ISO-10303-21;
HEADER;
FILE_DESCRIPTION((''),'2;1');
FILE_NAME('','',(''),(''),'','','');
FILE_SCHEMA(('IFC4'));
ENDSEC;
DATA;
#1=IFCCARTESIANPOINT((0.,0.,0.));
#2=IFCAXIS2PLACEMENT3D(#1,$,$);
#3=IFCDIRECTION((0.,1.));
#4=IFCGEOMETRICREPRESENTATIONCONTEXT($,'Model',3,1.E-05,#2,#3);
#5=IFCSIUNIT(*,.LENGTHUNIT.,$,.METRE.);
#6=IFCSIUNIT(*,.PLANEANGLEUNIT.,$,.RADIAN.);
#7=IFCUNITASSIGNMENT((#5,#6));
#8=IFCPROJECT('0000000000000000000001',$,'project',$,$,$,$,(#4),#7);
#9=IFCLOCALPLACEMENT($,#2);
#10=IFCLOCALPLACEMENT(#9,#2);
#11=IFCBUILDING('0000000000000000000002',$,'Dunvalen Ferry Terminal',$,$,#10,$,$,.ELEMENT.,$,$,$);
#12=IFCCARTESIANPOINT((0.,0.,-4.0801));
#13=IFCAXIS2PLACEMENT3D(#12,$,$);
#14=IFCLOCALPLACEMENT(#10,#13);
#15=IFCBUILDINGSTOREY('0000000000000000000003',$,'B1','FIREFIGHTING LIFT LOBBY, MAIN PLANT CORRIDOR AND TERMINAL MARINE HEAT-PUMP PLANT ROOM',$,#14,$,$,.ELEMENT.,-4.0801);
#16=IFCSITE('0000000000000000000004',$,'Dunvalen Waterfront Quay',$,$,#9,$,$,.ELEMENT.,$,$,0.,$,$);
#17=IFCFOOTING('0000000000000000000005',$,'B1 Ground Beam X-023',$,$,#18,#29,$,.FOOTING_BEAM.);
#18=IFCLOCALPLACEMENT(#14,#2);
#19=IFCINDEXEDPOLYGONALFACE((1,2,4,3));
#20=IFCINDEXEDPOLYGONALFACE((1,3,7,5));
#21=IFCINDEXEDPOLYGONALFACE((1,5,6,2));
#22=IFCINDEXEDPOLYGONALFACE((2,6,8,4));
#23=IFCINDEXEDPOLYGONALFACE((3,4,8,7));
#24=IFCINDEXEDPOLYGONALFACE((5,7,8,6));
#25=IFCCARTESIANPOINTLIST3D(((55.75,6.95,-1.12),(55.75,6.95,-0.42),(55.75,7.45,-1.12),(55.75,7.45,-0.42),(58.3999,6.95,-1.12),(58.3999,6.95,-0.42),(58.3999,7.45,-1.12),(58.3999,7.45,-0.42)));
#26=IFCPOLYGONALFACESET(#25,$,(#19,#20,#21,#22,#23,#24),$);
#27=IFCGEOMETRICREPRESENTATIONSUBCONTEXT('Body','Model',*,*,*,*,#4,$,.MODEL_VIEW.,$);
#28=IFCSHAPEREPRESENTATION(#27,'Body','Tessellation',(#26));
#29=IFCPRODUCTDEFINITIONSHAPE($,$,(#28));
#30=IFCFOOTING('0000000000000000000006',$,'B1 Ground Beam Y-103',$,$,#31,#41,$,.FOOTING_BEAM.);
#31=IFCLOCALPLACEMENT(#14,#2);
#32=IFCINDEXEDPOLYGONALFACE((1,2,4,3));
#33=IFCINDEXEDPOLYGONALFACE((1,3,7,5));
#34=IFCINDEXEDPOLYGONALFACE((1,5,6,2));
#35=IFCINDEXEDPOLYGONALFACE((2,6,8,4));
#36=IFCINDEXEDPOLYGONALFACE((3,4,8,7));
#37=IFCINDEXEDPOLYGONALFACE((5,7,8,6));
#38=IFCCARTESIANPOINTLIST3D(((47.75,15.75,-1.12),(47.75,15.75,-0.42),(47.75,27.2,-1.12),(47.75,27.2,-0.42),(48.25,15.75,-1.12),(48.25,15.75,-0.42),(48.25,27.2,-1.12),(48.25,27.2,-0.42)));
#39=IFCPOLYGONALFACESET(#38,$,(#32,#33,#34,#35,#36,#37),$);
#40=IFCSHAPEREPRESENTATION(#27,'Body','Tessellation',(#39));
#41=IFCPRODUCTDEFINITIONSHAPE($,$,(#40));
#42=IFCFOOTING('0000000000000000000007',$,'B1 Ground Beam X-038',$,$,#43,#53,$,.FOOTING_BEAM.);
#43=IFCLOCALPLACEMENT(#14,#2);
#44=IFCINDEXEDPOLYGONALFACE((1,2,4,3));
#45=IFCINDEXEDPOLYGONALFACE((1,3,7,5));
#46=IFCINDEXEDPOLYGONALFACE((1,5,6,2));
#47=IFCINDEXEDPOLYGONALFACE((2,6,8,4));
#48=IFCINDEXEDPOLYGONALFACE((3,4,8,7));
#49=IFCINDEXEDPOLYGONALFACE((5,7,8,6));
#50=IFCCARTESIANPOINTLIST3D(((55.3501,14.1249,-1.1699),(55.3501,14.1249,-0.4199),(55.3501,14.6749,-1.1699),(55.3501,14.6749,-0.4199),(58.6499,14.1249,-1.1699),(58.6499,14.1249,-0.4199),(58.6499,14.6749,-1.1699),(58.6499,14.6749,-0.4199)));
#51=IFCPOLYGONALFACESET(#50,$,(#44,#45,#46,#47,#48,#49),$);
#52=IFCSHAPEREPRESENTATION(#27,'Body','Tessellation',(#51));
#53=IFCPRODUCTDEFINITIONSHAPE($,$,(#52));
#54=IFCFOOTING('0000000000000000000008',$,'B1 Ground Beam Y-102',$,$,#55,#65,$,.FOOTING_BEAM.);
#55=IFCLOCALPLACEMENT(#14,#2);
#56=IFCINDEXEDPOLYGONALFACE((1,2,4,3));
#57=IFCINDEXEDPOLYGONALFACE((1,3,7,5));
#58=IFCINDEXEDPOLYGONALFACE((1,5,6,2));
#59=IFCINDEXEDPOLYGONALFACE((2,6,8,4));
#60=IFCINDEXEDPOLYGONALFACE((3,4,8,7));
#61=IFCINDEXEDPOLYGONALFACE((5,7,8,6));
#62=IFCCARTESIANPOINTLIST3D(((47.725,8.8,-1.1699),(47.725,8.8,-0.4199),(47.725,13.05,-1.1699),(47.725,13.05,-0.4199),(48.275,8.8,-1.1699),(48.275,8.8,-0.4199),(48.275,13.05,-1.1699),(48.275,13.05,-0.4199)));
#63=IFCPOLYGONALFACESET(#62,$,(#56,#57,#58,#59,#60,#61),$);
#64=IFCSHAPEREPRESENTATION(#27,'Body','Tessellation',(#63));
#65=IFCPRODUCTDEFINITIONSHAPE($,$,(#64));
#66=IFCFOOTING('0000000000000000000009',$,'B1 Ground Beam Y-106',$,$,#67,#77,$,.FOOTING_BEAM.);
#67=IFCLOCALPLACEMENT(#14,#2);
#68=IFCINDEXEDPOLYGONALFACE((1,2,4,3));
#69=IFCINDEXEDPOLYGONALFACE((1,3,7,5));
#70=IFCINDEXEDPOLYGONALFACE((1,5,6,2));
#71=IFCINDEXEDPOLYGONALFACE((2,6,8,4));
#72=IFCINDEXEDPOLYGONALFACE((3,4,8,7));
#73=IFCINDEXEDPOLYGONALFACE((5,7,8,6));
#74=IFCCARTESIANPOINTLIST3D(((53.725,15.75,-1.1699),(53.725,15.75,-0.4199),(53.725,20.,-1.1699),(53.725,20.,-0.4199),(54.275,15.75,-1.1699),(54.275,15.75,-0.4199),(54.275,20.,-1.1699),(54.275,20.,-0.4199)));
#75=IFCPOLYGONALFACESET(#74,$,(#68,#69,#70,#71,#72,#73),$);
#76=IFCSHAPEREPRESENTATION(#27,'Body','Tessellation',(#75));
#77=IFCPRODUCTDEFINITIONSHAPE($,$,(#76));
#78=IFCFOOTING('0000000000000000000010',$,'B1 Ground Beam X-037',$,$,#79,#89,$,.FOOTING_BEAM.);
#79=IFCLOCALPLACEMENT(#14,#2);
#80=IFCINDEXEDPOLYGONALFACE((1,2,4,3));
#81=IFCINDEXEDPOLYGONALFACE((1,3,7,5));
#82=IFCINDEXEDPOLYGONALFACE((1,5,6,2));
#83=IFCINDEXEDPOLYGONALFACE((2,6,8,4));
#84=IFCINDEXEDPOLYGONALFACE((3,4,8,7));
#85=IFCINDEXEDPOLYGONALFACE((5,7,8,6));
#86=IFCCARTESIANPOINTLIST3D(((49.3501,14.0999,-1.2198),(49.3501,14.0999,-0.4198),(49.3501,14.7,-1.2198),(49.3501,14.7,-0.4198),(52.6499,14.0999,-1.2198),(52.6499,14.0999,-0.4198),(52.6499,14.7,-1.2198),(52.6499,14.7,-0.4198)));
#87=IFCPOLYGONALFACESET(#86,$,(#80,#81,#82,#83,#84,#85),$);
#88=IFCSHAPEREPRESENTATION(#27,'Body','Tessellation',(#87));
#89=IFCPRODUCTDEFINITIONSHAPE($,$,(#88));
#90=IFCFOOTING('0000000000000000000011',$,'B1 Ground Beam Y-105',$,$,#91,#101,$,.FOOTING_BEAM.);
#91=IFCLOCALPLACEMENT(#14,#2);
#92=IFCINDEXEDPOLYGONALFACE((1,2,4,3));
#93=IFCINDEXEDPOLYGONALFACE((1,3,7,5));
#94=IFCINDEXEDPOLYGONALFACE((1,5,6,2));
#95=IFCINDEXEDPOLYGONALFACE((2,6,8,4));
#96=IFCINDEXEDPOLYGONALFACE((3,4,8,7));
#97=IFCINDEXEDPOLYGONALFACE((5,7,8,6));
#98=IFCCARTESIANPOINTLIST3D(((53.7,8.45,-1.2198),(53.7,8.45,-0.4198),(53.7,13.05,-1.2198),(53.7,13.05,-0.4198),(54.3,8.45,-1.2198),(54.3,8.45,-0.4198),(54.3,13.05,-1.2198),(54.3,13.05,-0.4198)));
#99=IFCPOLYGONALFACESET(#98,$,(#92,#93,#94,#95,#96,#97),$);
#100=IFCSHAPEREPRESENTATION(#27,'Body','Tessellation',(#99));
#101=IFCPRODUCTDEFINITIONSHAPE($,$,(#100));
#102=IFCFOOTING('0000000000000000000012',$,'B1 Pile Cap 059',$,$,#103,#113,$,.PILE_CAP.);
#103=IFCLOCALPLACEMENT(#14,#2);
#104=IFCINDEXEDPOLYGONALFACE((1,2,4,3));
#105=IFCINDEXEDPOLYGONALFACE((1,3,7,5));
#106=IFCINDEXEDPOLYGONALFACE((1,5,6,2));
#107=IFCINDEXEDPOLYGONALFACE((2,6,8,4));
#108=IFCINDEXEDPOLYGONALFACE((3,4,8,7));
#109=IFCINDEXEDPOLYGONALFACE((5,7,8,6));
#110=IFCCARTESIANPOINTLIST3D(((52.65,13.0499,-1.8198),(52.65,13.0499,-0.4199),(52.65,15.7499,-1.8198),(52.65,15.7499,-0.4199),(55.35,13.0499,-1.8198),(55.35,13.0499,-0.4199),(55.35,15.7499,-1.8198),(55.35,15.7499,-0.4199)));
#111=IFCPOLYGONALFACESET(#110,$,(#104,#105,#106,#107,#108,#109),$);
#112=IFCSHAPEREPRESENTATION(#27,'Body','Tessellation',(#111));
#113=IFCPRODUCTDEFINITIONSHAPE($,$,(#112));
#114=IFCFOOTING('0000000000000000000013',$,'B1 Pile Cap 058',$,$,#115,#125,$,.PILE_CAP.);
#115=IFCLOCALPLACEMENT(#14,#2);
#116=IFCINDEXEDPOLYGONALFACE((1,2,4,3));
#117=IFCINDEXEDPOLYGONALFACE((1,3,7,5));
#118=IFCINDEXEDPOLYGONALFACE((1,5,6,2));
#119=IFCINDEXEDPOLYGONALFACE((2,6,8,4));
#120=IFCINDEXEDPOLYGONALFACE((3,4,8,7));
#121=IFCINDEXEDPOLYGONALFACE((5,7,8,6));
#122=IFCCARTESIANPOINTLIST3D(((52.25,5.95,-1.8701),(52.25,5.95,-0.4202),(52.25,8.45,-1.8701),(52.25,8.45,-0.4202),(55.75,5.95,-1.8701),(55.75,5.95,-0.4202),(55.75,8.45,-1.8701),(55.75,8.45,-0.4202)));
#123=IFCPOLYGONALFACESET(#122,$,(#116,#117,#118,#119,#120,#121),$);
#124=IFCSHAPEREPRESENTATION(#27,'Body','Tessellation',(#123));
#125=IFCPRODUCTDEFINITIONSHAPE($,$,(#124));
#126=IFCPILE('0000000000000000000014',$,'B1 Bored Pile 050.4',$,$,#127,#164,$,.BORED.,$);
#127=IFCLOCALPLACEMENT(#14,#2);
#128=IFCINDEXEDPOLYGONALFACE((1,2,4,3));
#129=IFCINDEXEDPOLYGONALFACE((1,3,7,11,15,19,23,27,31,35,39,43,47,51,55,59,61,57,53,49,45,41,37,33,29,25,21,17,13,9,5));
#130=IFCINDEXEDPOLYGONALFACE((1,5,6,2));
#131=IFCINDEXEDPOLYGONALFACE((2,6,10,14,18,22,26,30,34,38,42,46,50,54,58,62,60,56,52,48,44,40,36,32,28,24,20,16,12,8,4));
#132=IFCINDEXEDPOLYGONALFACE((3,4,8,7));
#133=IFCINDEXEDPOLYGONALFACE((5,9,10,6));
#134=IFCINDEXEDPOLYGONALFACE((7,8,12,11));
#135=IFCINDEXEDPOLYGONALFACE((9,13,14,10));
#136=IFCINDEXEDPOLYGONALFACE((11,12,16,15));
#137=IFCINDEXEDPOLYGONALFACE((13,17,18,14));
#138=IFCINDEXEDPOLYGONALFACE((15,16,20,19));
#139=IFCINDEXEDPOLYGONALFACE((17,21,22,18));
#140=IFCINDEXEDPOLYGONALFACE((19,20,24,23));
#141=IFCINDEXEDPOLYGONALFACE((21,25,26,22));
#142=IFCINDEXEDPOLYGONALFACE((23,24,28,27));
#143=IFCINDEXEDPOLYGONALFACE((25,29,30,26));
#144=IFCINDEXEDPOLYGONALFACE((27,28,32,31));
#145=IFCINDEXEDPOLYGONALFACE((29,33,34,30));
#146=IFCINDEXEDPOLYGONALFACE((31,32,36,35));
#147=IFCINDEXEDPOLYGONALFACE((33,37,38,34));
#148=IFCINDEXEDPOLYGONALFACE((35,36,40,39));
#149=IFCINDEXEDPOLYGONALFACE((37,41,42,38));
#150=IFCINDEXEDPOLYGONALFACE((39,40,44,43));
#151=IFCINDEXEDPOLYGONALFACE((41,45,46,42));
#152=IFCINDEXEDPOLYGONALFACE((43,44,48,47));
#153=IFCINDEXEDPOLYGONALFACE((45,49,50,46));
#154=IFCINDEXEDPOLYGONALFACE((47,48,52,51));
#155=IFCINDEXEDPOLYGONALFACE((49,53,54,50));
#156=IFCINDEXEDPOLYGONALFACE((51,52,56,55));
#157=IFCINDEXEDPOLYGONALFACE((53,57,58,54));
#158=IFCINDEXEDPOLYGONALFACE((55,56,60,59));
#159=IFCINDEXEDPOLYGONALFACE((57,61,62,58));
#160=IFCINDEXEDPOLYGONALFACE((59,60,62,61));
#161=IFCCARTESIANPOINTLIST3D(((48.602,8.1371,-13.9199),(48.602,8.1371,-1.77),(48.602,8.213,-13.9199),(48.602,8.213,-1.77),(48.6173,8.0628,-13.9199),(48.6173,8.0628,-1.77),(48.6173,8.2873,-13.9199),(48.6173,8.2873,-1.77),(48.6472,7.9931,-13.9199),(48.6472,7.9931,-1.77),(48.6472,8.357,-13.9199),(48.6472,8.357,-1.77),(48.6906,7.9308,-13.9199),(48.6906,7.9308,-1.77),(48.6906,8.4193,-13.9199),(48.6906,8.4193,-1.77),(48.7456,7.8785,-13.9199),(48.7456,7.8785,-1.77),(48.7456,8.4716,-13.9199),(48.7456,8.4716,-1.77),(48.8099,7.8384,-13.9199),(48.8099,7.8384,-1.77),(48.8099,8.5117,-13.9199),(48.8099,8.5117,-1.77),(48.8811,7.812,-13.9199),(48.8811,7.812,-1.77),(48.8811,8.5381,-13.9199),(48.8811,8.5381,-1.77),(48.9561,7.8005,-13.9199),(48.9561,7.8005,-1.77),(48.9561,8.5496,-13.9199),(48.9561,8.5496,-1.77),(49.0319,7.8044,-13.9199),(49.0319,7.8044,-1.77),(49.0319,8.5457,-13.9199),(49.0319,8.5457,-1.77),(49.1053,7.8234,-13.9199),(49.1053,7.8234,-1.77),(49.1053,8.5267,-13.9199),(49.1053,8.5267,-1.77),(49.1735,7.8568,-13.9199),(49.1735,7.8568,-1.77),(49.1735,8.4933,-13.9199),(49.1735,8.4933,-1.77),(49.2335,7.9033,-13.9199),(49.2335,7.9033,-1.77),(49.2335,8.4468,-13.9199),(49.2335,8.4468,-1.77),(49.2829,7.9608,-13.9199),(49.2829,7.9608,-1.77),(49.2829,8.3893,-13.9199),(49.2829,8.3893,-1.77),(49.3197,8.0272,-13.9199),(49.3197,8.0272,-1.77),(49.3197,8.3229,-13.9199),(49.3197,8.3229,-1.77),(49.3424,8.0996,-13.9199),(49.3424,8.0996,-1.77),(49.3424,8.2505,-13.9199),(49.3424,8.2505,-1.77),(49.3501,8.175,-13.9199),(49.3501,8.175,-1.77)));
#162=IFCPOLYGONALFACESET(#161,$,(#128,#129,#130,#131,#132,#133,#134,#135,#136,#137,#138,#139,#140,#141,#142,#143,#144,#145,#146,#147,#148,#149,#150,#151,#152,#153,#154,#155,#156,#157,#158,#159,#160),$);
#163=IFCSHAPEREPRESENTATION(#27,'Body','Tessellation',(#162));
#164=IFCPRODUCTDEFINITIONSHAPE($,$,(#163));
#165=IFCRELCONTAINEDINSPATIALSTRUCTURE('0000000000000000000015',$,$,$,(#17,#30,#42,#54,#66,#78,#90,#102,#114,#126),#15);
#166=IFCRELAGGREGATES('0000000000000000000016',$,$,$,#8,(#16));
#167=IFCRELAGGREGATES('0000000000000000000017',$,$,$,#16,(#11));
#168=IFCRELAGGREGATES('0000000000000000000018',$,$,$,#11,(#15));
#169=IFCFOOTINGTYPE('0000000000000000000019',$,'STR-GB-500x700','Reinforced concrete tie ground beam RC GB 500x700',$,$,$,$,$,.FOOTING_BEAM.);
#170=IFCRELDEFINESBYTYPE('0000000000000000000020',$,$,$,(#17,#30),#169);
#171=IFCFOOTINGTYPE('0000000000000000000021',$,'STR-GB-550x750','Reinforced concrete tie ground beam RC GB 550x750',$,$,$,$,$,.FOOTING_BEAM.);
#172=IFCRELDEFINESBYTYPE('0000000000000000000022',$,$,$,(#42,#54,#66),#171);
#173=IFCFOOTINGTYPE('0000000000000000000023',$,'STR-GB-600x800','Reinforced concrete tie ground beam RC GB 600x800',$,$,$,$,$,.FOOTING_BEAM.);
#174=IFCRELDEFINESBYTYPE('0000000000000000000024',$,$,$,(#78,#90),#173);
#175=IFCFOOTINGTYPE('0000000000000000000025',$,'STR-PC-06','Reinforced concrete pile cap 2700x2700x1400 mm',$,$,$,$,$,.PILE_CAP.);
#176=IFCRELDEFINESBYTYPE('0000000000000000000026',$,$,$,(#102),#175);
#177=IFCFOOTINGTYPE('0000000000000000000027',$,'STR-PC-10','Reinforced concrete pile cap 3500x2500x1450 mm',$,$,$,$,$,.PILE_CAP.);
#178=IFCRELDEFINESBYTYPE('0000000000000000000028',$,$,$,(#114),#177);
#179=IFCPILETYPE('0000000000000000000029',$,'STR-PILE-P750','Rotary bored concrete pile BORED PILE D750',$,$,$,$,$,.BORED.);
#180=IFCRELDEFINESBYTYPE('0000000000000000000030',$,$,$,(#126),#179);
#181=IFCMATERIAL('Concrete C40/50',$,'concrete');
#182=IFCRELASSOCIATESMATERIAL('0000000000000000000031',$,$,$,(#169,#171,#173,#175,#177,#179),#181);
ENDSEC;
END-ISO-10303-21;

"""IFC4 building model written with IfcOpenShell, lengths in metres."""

from ifc_helpers import new_model, si_unit, direction, frame, origin, origin_2d, place, context, subcontext, project, spatial, rectangle, circle, extrude, material, material_profile, profile_set, type_object, element, save


model = new_model("IFC4")

# Units and contexts
model_context = context("Model", 3, precision=1e-05, world=origin(), true_north=direction((0.0, 1.0)))
body_context = subcontext(model_context, "Body", "Model", "MODEL_VIEW")
ifc_project = project(units=[si_unit("LENGTHUNIT", "METRE"), si_unit("PLANEANGLEUNIT", "RADIAN")], contexts=[model_context])

# Site, building, storey
site_placement = place(None, origin())
site = spatial("IfcSite", under=ifc_project, at=site_placement, Name="Dunvalen Waterfront Quay", CompositionType="ELEMENT", RefElevation=0.0)
building_placement = place(site_placement, origin())
building = spatial("IfcBuilding", under=site, at=building_placement, Name="Dunvalen Ferry Terminal", CompositionType="ELEMENT")
storey_placement = place(building_placement, frame((0.0, 0.0, -4.0801)))
storey = spatial("IfcBuildingStorey", under=building, at=storey_placement, Name="B1", Description="FIREFIGHTING LIFT LOBBY, MAIN PLANT CORRIDOR AND TERMINAL MARINE HEAT-PUMP PLANT ROOM", CompositionType="ELEMENT", Elevation=-4.0801)

# Footings
ifc_material_1 = material(Name="Concrete C40/50", Category="concrete")
ifc_material_profile_1 = material_profile(ifc_material_1, rectangle(XDim=0.5, YDim=0.7, at=origin_2d()), Name="Concrete C40/50")
ifc_profile_set_1 = profile_set([ifc_material_profile_1], Name="Concrete C40/50")
footing_type_1 = type_object("IfcFootingType", Name="STR-GB-500x700", Description="Reinforced concrete tie ground beam RC GB 500x700", PredefinedType="FOOTING_BEAM", material=ifc_profile_set_1)
footing_1_placement = place(storey_placement, frame((55.75, 7.2, -0.77), z_axis=(1.0, 0.0, 0.0), x_axis=(0.0, 1.0, 0.0)))
element("IfcFooting", 1, at=footing_1_placement, inside=storey, type_object=footing_type_1, Name="B1 Ground Beam X-023", PredefinedType="FOOTING_BEAM", context=body_context, shape_type="SweptSolid", body=[
    extrude(rectangle(XDim=0.5, YDim=0.7, at=origin_2d()), origin(), (0.0, 0.0, 1.0), 2.6499),
])
footing_2_placement = place(storey_placement, frame((48.0, 15.75, -0.77), z_axis=(0.0, 1.0, 0.0), x_axis=(-1.0, 0.0, 0.0)))
element("IfcFooting", 2, at=footing_2_placement, inside=storey, type_object=footing_type_1, Name="B1 Ground Beam Y-103", PredefinedType="FOOTING_BEAM", context=body_context, shape_type="SweptSolid", body=[
    extrude(rectangle(XDim=0.5, YDim=0.7, at=origin_2d()), origin(), (0.0, 0.0, 1.0), 11.45),
])
ifc_material_profile_2 = material_profile(ifc_material_1, rectangle(XDim=0.55, YDim=0.75, at=origin_2d()), Name="Concrete C40/50")
ifc_profile_set_2 = profile_set([ifc_material_profile_2], Name="Concrete C40/50")
footing_type_2 = type_object("IfcFootingType", Name="STR-GB-550x750", Description="Reinforced concrete tie ground beam RC GB 550x750", PredefinedType="FOOTING_BEAM", material=ifc_profile_set_2)
footing_3_placement = place(storey_placement, frame((55.3501, 14.3999, -0.7949), z_axis=(1.0, 0.0, 0.0), x_axis=(0.0, 1.0, 0.0)))
element("IfcFooting", 3, at=footing_3_placement, inside=storey, type_object=footing_type_2, Name="B1 Ground Beam X-038", PredefinedType="FOOTING_BEAM", context=body_context, shape_type="SweptSolid", body=[
    extrude(rectangle(XDim=0.55, YDim=0.75, at=origin_2d()), origin(), (0.0, 0.0, 1.0), 3.2998),
])
for number, where, z_axis, x_axis, name in (
    (4, (48.0, 8.8, -0.7949), (0.0, 1.0, 0.0), (-1.0, 0.0, 0.0), "B1 Ground Beam Y-102"),
    (5, (54.0, 15.75, -0.7949), (0.0, 1.0, 0.0), (-1.0, 0.0, 0.0), "B1 Ground Beam Y-106"),
):
    element("IfcFooting", number, at=place(storey_placement, frame(where, z_axis=z_axis, x_axis=x_axis)), inside=storey, type_object=footing_type_2, Name=name, PredefinedType="FOOTING_BEAM", context=body_context, shape_type="SweptSolid", body=[
        extrude(rectangle(XDim=0.55, YDim=0.75, at=origin_2d()), origin(), (0.0, 0.0, 1.0), 4.25),
    ])
ifc_material_profile_3 = material_profile(ifc_material_1, rectangle(XDim=0.6001, YDim=0.8, at=origin_2d()), Name="Concrete C40/50")
ifc_profile_set_3 = profile_set([ifc_material_profile_3], Name="Concrete C40/50")
footing_type_3 = type_object("IfcFootingType", Name="STR-GB-600x800", Description="Reinforced concrete tie ground beam RC GB 600x800", PredefinedType="FOOTING_BEAM", material=ifc_profile_set_3)
footing_4_placement = place(storey_placement, frame((49.3501, 14.3999, -0.8198), z_axis=(1.0, 0.0, 0.0), x_axis=(0.0, 1.0, 0.0)))
element("IfcFooting", 6, at=footing_4_placement, inside=storey, type_object=footing_type_3, Name="B1 Ground Beam X-037", PredefinedType="FOOTING_BEAM", context=body_context, shape_type="SweptSolid", body=[
    extrude(rectangle(XDim=0.6001, YDim=0.8, at=origin_2d()), origin(), (0.0, 0.0, 1.0), 3.2998),
])
footing_5_placement = place(storey_placement, frame((54.0, 8.45, -0.8198), z_axis=(0.0, 1.0, 0.0), x_axis=(-1.0, 0.0, 0.0)))
element("IfcFooting", 7, at=footing_5_placement, inside=storey, type_object=footing_type_3, Name="B1 Ground Beam Y-105", PredefinedType="FOOTING_BEAM", context=body_context, shape_type="SweptSolid", body=[
    extrude(rectangle(XDim=0.6001, YDim=0.8, at=origin_2d()), origin(), (0.0, 0.0, 1.0), 4.6001),
])
footing_type_4 = type_object("IfcFootingType", Name="STR-PC-06", Description="Reinforced concrete pile cap 2700x2700x1400 mm", PredefinedType="PILE_CAP", material=ifc_material_1)
footing_6_placement = place(storey_placement, frame((54.0, 14.3999, -1.8198), z_axis=(0.0, 0.0, 1.0), x_axis=(1.0, 0.0, 0.0)))
element("IfcFooting", 8, at=footing_6_placement, inside=storey, type_object=footing_type_4, Name="B1 Pile Cap 059", PredefinedType="PILE_CAP", context=body_context, shape_type="SweptSolid", body=[
    extrude(rectangle(XDim=2.7, YDim=2.7, at=origin_2d()), origin(), (0.0, 0.0, 1.0), 1.3999),
])
footing_type_5 = type_object("IfcFootingType", Name="STR-PC-10", Description="Reinforced concrete pile cap 3500x2500x1450 mm", PredefinedType="PILE_CAP", material=ifc_material_1)
footing_7_placement = place(storey_placement, frame((54.0, 7.2, -1.8701), z_axis=(0.0, 0.0, 1.0), x_axis=(1.0, 0.0, 0.0)))
element("IfcFooting", 9, at=footing_7_placement, inside=storey, type_object=footing_type_5, Name="B1 Pile Cap 058", PredefinedType="PILE_CAP", context=body_context, shape_type="SweptSolid", body=[
    extrude(rectangle(XDim=3.5, YDim=2.5, at=origin_2d()), origin(), (0.0, 0.0, 1.0), 1.45),
])

# Pile
ifc_material_profile_4 = material_profile(ifc_material_1, circle(Radius=0.375, at=origin_2d()), Name="Concrete C40/50")
ifc_profile_set_4 = profile_set([ifc_material_profile_4], Name="Concrete C40/50")
pile_type_1 = type_object("IfcPileType", Name="STR-PILE-P750", Description="Rotary bored concrete pile BORED PILE D750", PredefinedType="BORED", material=ifc_profile_set_4)
pile_1_placement = place(storey_placement, frame((48.9751, 8.175, -1.77), z_axis=(0.0, 0.0, -1.0), x_axis=(1.0, 0.0, 0.0)))
element("IfcPile", 10, at=pile_1_placement, inside=storey, type_object=pile_type_1, Name="B1 Bored Pile 050.4", PredefinedType="BORED", context=body_context, shape_type="SweptSolid", body=[
    extrude(circle(Radius=0.375, at=origin_2d()), origin(), (0.0, 0.0, 1.0), 12.1499),
])

save(model, "model.ifc")
